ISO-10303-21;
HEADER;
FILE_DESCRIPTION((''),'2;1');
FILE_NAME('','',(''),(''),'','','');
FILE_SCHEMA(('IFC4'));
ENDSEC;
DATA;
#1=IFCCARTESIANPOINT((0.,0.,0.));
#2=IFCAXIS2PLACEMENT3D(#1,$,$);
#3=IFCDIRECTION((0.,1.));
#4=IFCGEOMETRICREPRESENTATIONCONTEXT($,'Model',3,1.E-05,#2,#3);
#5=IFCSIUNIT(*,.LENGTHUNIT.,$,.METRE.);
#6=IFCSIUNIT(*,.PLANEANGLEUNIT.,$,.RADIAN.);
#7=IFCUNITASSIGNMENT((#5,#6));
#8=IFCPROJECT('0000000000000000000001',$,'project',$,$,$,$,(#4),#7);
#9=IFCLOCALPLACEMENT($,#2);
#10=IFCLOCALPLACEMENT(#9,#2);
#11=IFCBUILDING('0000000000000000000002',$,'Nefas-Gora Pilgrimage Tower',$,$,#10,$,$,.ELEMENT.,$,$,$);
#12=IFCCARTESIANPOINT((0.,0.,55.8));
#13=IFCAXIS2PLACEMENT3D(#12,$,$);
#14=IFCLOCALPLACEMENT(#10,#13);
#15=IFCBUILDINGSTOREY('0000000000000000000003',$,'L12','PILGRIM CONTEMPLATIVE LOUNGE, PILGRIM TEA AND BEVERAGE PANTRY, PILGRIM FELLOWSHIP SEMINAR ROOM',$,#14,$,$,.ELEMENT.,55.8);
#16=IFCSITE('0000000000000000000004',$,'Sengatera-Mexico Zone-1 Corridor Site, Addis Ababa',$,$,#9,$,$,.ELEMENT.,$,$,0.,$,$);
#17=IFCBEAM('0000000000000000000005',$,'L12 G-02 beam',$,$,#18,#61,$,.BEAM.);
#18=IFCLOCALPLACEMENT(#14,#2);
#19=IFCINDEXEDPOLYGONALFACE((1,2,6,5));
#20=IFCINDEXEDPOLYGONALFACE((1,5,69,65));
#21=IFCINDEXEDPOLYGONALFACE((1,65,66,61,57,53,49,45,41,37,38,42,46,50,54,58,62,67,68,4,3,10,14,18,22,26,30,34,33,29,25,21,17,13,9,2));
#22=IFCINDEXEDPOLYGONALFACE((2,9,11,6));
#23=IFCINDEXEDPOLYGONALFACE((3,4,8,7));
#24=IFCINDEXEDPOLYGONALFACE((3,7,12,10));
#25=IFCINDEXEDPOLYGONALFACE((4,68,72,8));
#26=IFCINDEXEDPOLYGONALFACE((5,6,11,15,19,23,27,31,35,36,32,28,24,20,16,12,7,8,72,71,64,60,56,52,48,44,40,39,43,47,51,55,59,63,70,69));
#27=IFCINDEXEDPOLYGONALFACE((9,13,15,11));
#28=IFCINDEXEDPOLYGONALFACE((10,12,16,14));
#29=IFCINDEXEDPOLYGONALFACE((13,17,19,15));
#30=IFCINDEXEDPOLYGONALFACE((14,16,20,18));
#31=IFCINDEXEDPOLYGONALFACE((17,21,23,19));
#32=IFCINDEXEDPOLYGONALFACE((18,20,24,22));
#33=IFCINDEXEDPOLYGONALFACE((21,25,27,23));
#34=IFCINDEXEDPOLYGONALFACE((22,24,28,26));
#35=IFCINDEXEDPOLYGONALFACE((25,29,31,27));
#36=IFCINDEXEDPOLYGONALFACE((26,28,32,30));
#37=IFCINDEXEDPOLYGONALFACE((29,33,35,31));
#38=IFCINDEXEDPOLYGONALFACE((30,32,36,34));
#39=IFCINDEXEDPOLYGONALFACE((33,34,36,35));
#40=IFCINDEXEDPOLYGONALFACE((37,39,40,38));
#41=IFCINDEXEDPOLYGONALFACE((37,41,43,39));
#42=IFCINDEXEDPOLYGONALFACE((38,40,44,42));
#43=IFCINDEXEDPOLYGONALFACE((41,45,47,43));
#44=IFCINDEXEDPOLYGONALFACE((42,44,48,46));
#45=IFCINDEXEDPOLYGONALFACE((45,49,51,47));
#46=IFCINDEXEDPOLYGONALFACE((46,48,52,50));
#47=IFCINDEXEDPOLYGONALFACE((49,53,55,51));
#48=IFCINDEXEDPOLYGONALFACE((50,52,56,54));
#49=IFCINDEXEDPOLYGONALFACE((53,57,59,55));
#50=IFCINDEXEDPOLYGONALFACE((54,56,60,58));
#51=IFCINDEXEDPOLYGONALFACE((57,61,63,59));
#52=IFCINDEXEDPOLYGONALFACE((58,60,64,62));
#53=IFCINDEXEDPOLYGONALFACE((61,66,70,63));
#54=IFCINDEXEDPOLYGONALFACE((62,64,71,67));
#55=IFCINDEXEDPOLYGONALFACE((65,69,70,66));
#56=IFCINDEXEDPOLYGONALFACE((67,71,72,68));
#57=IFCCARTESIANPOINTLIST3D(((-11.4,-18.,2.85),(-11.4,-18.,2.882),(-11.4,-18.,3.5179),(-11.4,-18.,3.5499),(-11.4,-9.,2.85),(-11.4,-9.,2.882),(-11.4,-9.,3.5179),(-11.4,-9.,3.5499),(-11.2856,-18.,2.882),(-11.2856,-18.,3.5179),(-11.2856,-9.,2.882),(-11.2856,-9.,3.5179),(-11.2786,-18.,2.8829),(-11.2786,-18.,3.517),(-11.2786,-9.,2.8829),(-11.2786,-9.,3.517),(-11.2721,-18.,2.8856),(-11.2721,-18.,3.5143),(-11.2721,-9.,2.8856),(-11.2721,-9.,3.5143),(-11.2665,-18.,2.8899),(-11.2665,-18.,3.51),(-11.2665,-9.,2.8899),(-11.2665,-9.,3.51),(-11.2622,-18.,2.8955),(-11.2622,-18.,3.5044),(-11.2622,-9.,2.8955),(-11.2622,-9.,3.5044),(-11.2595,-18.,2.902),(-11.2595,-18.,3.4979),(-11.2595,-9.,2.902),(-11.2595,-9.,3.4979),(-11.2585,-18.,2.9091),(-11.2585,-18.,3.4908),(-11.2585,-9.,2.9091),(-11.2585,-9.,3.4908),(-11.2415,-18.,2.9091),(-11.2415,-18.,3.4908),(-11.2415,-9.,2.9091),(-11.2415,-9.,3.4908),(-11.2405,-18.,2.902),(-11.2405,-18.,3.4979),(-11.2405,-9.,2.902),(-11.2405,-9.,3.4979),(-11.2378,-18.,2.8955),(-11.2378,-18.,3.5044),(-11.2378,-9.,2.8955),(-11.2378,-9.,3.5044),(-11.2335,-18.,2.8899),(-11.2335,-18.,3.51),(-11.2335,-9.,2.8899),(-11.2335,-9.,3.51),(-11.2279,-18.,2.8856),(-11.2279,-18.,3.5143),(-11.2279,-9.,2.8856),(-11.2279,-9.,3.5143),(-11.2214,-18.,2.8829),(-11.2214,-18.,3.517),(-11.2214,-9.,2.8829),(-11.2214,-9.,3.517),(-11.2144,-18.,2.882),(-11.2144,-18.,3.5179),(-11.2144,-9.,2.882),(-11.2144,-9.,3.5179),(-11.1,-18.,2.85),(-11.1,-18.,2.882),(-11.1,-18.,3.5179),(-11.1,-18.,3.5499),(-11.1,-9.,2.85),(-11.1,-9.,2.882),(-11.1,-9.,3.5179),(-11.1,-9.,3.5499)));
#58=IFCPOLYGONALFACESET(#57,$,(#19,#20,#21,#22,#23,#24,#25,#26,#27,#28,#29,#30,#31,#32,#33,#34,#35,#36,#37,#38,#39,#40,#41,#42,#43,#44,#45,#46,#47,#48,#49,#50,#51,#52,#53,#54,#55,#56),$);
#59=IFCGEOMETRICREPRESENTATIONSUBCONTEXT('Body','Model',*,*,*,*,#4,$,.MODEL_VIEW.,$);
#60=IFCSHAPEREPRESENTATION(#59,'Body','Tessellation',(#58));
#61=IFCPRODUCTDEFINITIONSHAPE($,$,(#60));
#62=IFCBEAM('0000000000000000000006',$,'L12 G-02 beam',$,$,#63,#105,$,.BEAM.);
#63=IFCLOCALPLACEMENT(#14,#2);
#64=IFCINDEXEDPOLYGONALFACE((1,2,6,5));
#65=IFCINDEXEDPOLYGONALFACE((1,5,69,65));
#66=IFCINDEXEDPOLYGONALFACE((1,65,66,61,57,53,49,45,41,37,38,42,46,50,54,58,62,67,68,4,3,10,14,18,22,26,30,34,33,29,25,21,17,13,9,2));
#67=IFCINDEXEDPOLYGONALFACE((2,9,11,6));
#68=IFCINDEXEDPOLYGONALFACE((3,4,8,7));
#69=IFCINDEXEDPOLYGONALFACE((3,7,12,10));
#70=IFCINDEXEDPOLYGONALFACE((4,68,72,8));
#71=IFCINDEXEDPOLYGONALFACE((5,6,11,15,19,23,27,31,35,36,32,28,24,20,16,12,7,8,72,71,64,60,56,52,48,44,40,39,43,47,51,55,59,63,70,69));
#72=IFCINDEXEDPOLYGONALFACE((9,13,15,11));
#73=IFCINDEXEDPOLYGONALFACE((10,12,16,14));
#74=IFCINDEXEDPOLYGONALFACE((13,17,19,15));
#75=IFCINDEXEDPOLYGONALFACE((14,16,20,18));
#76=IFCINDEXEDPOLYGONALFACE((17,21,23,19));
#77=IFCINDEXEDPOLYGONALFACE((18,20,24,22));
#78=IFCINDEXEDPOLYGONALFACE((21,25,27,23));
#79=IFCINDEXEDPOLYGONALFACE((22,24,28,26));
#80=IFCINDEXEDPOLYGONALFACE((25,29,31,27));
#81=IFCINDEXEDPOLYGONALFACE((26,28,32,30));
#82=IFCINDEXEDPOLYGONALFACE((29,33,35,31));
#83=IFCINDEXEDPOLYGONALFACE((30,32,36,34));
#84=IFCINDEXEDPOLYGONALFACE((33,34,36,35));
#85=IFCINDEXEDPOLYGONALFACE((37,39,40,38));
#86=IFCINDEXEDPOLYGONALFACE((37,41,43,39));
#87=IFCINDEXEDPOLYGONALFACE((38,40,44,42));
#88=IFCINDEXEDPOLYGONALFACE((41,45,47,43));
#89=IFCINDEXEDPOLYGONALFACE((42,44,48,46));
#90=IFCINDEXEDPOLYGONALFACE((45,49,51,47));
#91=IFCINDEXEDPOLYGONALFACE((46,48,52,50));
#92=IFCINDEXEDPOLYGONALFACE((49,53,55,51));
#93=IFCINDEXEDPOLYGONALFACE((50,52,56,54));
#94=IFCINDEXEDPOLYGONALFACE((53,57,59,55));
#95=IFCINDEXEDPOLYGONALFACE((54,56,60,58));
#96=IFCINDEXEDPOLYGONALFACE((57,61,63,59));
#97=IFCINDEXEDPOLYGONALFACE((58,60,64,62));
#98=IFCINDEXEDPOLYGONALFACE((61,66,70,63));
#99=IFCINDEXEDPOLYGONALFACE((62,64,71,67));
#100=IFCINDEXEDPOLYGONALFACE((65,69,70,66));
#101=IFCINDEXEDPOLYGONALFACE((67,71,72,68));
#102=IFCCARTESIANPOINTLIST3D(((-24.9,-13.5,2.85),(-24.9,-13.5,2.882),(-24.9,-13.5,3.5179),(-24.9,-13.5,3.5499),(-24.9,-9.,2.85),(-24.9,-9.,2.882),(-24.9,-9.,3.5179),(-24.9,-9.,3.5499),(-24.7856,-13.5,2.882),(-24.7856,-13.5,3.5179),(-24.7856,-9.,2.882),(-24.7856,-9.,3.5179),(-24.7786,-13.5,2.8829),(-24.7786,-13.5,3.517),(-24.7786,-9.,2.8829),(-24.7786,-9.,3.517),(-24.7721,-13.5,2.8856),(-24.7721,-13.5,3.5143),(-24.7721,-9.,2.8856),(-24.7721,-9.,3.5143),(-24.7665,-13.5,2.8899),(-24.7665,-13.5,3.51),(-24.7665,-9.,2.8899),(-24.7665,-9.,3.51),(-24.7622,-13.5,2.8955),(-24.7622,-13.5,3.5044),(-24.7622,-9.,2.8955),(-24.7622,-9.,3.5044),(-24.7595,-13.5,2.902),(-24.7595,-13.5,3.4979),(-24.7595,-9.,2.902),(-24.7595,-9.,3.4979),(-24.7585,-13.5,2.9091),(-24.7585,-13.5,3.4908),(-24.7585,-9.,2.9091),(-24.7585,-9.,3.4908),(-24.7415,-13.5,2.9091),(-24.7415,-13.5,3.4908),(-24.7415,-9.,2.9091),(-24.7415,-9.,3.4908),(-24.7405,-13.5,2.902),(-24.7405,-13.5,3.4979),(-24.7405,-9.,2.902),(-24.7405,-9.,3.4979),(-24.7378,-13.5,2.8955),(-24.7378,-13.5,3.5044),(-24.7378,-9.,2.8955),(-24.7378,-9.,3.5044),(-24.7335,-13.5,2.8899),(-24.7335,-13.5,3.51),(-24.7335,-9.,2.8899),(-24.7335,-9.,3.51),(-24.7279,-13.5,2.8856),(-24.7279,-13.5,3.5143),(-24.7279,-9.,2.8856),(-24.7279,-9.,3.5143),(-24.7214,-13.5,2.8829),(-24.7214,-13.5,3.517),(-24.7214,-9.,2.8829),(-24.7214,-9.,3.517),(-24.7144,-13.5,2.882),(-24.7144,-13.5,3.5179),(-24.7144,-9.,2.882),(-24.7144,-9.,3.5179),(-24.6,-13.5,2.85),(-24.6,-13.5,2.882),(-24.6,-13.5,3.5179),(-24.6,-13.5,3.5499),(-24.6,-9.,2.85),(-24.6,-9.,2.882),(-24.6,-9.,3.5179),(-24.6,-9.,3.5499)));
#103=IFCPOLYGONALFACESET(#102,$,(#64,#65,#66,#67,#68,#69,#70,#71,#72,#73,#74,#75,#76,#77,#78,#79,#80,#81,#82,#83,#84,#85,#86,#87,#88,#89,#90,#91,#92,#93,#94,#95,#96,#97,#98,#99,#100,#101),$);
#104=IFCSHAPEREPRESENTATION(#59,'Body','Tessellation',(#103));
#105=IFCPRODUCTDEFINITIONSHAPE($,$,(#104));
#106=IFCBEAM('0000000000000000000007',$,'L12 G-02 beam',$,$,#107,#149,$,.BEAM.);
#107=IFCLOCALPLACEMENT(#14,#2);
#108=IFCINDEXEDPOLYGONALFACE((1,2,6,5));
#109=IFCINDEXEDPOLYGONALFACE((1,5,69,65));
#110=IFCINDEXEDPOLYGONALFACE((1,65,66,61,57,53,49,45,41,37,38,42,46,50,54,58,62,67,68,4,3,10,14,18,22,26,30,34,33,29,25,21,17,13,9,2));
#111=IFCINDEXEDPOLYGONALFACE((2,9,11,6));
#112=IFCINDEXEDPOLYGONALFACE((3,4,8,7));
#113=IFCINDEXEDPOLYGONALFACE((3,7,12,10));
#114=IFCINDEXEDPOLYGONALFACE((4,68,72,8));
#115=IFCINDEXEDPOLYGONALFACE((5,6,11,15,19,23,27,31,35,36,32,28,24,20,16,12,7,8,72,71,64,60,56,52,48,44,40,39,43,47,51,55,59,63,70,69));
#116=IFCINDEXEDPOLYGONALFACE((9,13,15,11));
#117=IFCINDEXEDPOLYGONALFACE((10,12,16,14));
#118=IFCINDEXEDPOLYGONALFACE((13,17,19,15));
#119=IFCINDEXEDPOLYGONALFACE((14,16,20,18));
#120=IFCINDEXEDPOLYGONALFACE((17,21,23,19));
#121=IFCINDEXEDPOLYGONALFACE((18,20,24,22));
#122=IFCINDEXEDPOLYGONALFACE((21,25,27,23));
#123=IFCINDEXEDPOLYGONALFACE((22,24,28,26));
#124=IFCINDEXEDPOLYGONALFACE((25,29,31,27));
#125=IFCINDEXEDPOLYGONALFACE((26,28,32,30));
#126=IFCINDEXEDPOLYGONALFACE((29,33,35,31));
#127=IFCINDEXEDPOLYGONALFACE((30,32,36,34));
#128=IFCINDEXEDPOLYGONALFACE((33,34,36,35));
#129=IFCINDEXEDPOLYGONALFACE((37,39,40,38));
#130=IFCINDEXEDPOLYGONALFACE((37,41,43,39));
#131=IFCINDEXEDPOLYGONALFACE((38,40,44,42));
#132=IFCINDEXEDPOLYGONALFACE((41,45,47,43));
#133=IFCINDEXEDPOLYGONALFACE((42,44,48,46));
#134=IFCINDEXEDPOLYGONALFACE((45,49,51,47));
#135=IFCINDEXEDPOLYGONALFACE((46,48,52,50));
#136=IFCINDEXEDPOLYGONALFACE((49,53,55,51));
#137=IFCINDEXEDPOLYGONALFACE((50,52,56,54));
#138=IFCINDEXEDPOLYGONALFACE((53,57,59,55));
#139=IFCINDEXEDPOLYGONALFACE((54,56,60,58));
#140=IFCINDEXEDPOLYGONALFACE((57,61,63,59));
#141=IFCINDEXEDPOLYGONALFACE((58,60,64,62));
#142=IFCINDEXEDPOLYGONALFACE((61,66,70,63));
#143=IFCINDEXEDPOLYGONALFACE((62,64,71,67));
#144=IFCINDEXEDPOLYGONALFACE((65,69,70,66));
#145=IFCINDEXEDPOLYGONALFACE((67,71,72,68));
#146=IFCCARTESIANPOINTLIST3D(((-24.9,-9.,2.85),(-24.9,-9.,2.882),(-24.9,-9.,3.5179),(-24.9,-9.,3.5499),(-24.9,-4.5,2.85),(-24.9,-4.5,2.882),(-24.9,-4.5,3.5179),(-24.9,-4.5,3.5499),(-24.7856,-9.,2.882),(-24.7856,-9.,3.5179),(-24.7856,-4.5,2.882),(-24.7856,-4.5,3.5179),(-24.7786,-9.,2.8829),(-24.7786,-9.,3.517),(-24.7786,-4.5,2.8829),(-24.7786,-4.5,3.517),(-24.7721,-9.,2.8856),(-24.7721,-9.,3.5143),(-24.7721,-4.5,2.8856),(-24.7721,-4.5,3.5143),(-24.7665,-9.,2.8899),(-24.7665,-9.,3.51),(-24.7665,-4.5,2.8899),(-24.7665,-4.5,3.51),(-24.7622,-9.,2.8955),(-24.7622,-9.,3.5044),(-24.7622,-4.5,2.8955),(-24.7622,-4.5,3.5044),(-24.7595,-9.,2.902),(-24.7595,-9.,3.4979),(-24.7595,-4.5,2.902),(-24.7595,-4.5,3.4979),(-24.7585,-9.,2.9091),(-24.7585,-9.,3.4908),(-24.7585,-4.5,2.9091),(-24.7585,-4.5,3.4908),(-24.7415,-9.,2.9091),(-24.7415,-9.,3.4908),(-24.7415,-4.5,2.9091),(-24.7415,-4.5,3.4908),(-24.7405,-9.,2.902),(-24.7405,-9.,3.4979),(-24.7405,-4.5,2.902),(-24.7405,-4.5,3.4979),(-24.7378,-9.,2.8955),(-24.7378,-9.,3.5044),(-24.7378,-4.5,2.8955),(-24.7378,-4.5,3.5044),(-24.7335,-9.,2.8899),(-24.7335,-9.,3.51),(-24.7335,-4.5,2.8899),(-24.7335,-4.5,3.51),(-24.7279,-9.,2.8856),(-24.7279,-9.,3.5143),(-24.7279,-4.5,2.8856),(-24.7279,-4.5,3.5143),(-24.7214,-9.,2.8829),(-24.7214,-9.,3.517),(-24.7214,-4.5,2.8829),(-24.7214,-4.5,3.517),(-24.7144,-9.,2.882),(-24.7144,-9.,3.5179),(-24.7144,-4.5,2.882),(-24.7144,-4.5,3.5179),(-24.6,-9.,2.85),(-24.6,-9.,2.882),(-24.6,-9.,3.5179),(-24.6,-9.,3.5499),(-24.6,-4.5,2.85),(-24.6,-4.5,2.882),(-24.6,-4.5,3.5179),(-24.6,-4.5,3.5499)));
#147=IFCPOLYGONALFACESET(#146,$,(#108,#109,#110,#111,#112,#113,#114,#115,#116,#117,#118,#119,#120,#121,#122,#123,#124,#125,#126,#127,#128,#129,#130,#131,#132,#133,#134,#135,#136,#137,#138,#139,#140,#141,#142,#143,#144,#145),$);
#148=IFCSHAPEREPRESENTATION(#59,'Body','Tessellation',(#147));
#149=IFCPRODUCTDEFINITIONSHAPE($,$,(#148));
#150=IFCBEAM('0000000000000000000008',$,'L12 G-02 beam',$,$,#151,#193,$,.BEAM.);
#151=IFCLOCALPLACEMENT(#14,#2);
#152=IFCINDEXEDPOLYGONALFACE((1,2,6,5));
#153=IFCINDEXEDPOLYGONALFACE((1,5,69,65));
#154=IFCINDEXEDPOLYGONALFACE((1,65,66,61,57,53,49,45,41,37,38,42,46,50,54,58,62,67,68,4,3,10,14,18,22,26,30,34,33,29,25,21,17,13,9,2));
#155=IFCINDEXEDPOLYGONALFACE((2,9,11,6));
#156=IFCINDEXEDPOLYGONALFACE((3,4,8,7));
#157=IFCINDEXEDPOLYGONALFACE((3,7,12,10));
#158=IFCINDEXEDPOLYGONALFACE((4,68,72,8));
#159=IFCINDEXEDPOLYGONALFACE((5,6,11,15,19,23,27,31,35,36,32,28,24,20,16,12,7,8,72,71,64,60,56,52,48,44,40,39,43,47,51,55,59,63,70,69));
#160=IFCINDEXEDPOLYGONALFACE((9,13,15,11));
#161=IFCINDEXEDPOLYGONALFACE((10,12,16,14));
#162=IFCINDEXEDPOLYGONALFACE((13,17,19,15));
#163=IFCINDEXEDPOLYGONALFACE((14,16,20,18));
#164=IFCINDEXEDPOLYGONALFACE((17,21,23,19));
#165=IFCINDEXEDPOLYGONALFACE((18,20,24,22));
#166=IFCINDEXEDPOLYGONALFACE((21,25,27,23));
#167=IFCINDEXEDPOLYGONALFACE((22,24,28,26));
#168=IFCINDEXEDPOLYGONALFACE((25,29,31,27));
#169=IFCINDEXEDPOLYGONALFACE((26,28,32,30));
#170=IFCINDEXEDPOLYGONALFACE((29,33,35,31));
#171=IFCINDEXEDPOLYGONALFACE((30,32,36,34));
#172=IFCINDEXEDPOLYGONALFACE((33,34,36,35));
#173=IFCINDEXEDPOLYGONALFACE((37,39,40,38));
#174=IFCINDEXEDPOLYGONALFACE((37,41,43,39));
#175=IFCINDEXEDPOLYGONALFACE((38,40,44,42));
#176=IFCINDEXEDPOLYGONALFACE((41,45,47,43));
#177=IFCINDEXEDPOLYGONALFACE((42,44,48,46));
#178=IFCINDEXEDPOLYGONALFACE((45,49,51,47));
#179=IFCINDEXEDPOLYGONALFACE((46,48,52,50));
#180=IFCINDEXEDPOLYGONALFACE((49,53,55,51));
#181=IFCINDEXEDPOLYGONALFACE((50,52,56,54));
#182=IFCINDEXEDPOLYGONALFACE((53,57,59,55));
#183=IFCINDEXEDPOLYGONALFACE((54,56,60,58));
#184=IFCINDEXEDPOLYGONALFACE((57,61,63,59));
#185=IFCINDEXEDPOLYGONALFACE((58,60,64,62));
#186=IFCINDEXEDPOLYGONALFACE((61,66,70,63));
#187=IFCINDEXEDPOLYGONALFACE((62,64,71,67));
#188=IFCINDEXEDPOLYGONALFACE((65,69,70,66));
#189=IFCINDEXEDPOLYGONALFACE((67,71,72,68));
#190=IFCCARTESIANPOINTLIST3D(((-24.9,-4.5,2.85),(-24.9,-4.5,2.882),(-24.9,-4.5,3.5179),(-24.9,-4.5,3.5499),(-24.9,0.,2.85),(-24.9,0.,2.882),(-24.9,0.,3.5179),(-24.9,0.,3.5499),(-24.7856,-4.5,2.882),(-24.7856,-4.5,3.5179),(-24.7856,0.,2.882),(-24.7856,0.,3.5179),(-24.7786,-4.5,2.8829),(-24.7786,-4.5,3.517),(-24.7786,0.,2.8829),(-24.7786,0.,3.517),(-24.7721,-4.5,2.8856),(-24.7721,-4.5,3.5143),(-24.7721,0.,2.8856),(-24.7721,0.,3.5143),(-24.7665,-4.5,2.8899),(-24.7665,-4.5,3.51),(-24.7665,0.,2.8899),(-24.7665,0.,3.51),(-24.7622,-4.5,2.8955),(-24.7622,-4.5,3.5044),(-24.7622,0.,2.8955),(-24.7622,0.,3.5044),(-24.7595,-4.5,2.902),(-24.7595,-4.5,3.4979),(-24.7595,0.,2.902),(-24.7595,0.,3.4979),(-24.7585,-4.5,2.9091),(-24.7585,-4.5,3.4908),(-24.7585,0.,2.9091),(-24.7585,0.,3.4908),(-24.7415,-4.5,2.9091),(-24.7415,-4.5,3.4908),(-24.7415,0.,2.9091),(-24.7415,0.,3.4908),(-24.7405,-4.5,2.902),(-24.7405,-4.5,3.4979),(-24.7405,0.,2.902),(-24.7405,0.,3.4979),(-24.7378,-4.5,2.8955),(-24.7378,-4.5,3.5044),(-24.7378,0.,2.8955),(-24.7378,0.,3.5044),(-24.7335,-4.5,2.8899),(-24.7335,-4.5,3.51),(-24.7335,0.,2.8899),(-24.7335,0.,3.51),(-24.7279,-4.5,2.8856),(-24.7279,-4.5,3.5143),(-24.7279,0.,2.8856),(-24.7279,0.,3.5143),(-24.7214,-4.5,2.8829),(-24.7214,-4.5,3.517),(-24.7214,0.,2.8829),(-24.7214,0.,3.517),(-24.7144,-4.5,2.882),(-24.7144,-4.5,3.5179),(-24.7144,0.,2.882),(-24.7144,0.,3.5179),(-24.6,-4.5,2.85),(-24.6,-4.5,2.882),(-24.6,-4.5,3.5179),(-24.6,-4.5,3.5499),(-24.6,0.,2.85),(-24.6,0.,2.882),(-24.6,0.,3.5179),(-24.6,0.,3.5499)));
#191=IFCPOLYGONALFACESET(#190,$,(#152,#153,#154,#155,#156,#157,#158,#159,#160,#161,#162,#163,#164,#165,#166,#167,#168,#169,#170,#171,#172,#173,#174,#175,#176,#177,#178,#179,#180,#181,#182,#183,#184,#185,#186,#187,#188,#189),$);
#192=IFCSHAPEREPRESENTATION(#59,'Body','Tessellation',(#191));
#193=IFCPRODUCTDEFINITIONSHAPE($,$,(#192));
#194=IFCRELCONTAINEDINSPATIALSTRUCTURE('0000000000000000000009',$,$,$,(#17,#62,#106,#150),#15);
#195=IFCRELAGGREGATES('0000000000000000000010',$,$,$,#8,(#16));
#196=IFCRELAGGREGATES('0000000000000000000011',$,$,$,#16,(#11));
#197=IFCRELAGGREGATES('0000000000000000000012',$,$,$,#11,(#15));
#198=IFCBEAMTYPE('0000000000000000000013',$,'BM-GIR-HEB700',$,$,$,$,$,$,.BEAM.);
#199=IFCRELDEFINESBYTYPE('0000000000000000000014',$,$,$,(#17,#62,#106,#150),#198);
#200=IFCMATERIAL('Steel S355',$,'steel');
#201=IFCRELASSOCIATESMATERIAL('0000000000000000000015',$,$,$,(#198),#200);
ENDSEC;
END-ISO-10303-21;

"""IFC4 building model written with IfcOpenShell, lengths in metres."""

from ifc_helpers import new_model, si_unit, direction, frame, origin, origin_2d, place, context, subcontext, project, spatial, i_section, extrude, source, transform, mapped, material, material_profile, profile_set, type_object, element, save


model = new_model("IFC4")

# Units and contexts
model_context = context("Model", 3, precision=1e-05, world=origin(), true_north=direction((0.0, 1.0)))
body_context = subcontext(model_context, "Body", "Model", "MODEL_VIEW")
ifc_project = project(units=[si_unit("LENGTHUNIT", "METRE"), si_unit("PLANEANGLEUNIT", "RADIAN")], contexts=[model_context])

# Site, building, storey
site_placement = place(None, origin())
site = spatial("IfcSite", under=ifc_project, at=site_placement, Name="Sengatera-Mexico Zone-1 Corridor Site, Addis Ababa", CompositionType="ELEMENT", RefElevation=0.0)
building_placement = place(site_placement, origin())
building = spatial("IfcBuilding", under=site, at=building_placement, Name="Nefas-Gora Pilgrimage Tower", CompositionType="ELEMENT")
storey_placement = place(building_placement, frame((0.0, 0.0, 55.8)))
storey = spatial("IfcBuildingStorey", under=building, at=storey_placement, Name="L12", Description="PILGRIM CONTEMPLATIVE LOUNGE, PILGRIM TEA AND BEVERAGE PANTRY, PILGRIM FELLOWSHIP SEMINAR ROOM", CompositionType="ELEMENT", Elevation=55.8)

# Beams
ifc_material_1 = material(Name="Steel S355", Category="steel")
ifc_material_profile_1 = material_profile(ifc_material_1, i_section(OverallWidth=0.3, OverallDepth=0.7, WebThickness=0.0171, FlangeThickness=0.032, FilletRadius=0.0271, at=origin_2d()), Name="HEB 700")
ifc_profile_set_1 = profile_set([ifc_material_profile_1], Name="Steel S355")
beam_type = type_object("IfcBeamType", Name="BM-GIR-HEB700", PredefinedType="BEAM", material=ifc_profile_set_1)
shared_shape_1 = source(origin(), body_context, "Body", "SweptSolid", [
    extrude(i_section(OverallWidth=0.3, OverallDepth=0.7, WebThickness=0.0171, FlangeThickness=0.032, FilletRadius=0.0271, at=origin_2d()), origin(), (0.0, 0.0, 1.0), 9.0),
])
for number, where, z_axis, x_axis, name in (
    (1, (-11.25, -18.0, 3.2), (0.0, 1.0, 0.0), (-1.0, 0.0, 0.0), "L12 G-02 beam"),
):
    element("IfcBeam", number, at=place(storey_placement, frame(where, z_axis=z_axis, x_axis=x_axis)), inside=storey, type_object=beam_type, Name=name, PredefinedType="BEAM", context=body_context, shape_type="MappedRepresentation", body=[
        mapped(shared_shape_1, transform((0.0, 0.0, 0.0), x_axis=(1.0, 0.0, 0.0), y_axis=(0.0, 1.0, 0.0), z_axis=(0.0, 0.0, 1.0), scale=1.0)),
    ])
shared_shape_2 = source(origin(), body_context, "Body", "SweptSolid", [
    extrude(i_section(OverallWidth=0.3, OverallDepth=0.7, WebThickness=0.0171, FlangeThickness=0.032, FilletRadius=0.0271, at=origin_2d()), origin(), (0.0, 0.0, 1.0), 4.5),
])
for number, where, z_axis, x_axis, name in (
    (2, (-24.75, -13.5, 3.2), (0.0, 1.0, 0.0), (-1.0, 0.0, 0.0), "L12 G-02 beam"),
    (3, (-24.75, -9.0, 3.2), (0.0, 1.0, 0.0), (-1.0, 0.0, 0.0), "L12 G-02 beam"),
    (4, (-24.75, -4.5, 3.2), (0.0, 1.0, 0.0), (-1.0, 0.0, 0.0), "L12 G-02 beam"),
):
    element("IfcBeam", number, at=place(storey_placement, frame(where, z_axis=z_axis, x_axis=x_axis)), inside=storey, type_object=beam_type, Name=name, PredefinedType="BEAM", context=body_context, shape_type="MappedRepresentation", body=[
        mapped(shared_shape_2, transform((0.0, 0.0, 0.0), x_axis=(1.0, 0.0, 0.0), y_axis=(0.0, 1.0, 0.0), z_axis=(0.0, 0.0, 1.0), scale=1.0)),
    ])

save(model, "model.ifc")
